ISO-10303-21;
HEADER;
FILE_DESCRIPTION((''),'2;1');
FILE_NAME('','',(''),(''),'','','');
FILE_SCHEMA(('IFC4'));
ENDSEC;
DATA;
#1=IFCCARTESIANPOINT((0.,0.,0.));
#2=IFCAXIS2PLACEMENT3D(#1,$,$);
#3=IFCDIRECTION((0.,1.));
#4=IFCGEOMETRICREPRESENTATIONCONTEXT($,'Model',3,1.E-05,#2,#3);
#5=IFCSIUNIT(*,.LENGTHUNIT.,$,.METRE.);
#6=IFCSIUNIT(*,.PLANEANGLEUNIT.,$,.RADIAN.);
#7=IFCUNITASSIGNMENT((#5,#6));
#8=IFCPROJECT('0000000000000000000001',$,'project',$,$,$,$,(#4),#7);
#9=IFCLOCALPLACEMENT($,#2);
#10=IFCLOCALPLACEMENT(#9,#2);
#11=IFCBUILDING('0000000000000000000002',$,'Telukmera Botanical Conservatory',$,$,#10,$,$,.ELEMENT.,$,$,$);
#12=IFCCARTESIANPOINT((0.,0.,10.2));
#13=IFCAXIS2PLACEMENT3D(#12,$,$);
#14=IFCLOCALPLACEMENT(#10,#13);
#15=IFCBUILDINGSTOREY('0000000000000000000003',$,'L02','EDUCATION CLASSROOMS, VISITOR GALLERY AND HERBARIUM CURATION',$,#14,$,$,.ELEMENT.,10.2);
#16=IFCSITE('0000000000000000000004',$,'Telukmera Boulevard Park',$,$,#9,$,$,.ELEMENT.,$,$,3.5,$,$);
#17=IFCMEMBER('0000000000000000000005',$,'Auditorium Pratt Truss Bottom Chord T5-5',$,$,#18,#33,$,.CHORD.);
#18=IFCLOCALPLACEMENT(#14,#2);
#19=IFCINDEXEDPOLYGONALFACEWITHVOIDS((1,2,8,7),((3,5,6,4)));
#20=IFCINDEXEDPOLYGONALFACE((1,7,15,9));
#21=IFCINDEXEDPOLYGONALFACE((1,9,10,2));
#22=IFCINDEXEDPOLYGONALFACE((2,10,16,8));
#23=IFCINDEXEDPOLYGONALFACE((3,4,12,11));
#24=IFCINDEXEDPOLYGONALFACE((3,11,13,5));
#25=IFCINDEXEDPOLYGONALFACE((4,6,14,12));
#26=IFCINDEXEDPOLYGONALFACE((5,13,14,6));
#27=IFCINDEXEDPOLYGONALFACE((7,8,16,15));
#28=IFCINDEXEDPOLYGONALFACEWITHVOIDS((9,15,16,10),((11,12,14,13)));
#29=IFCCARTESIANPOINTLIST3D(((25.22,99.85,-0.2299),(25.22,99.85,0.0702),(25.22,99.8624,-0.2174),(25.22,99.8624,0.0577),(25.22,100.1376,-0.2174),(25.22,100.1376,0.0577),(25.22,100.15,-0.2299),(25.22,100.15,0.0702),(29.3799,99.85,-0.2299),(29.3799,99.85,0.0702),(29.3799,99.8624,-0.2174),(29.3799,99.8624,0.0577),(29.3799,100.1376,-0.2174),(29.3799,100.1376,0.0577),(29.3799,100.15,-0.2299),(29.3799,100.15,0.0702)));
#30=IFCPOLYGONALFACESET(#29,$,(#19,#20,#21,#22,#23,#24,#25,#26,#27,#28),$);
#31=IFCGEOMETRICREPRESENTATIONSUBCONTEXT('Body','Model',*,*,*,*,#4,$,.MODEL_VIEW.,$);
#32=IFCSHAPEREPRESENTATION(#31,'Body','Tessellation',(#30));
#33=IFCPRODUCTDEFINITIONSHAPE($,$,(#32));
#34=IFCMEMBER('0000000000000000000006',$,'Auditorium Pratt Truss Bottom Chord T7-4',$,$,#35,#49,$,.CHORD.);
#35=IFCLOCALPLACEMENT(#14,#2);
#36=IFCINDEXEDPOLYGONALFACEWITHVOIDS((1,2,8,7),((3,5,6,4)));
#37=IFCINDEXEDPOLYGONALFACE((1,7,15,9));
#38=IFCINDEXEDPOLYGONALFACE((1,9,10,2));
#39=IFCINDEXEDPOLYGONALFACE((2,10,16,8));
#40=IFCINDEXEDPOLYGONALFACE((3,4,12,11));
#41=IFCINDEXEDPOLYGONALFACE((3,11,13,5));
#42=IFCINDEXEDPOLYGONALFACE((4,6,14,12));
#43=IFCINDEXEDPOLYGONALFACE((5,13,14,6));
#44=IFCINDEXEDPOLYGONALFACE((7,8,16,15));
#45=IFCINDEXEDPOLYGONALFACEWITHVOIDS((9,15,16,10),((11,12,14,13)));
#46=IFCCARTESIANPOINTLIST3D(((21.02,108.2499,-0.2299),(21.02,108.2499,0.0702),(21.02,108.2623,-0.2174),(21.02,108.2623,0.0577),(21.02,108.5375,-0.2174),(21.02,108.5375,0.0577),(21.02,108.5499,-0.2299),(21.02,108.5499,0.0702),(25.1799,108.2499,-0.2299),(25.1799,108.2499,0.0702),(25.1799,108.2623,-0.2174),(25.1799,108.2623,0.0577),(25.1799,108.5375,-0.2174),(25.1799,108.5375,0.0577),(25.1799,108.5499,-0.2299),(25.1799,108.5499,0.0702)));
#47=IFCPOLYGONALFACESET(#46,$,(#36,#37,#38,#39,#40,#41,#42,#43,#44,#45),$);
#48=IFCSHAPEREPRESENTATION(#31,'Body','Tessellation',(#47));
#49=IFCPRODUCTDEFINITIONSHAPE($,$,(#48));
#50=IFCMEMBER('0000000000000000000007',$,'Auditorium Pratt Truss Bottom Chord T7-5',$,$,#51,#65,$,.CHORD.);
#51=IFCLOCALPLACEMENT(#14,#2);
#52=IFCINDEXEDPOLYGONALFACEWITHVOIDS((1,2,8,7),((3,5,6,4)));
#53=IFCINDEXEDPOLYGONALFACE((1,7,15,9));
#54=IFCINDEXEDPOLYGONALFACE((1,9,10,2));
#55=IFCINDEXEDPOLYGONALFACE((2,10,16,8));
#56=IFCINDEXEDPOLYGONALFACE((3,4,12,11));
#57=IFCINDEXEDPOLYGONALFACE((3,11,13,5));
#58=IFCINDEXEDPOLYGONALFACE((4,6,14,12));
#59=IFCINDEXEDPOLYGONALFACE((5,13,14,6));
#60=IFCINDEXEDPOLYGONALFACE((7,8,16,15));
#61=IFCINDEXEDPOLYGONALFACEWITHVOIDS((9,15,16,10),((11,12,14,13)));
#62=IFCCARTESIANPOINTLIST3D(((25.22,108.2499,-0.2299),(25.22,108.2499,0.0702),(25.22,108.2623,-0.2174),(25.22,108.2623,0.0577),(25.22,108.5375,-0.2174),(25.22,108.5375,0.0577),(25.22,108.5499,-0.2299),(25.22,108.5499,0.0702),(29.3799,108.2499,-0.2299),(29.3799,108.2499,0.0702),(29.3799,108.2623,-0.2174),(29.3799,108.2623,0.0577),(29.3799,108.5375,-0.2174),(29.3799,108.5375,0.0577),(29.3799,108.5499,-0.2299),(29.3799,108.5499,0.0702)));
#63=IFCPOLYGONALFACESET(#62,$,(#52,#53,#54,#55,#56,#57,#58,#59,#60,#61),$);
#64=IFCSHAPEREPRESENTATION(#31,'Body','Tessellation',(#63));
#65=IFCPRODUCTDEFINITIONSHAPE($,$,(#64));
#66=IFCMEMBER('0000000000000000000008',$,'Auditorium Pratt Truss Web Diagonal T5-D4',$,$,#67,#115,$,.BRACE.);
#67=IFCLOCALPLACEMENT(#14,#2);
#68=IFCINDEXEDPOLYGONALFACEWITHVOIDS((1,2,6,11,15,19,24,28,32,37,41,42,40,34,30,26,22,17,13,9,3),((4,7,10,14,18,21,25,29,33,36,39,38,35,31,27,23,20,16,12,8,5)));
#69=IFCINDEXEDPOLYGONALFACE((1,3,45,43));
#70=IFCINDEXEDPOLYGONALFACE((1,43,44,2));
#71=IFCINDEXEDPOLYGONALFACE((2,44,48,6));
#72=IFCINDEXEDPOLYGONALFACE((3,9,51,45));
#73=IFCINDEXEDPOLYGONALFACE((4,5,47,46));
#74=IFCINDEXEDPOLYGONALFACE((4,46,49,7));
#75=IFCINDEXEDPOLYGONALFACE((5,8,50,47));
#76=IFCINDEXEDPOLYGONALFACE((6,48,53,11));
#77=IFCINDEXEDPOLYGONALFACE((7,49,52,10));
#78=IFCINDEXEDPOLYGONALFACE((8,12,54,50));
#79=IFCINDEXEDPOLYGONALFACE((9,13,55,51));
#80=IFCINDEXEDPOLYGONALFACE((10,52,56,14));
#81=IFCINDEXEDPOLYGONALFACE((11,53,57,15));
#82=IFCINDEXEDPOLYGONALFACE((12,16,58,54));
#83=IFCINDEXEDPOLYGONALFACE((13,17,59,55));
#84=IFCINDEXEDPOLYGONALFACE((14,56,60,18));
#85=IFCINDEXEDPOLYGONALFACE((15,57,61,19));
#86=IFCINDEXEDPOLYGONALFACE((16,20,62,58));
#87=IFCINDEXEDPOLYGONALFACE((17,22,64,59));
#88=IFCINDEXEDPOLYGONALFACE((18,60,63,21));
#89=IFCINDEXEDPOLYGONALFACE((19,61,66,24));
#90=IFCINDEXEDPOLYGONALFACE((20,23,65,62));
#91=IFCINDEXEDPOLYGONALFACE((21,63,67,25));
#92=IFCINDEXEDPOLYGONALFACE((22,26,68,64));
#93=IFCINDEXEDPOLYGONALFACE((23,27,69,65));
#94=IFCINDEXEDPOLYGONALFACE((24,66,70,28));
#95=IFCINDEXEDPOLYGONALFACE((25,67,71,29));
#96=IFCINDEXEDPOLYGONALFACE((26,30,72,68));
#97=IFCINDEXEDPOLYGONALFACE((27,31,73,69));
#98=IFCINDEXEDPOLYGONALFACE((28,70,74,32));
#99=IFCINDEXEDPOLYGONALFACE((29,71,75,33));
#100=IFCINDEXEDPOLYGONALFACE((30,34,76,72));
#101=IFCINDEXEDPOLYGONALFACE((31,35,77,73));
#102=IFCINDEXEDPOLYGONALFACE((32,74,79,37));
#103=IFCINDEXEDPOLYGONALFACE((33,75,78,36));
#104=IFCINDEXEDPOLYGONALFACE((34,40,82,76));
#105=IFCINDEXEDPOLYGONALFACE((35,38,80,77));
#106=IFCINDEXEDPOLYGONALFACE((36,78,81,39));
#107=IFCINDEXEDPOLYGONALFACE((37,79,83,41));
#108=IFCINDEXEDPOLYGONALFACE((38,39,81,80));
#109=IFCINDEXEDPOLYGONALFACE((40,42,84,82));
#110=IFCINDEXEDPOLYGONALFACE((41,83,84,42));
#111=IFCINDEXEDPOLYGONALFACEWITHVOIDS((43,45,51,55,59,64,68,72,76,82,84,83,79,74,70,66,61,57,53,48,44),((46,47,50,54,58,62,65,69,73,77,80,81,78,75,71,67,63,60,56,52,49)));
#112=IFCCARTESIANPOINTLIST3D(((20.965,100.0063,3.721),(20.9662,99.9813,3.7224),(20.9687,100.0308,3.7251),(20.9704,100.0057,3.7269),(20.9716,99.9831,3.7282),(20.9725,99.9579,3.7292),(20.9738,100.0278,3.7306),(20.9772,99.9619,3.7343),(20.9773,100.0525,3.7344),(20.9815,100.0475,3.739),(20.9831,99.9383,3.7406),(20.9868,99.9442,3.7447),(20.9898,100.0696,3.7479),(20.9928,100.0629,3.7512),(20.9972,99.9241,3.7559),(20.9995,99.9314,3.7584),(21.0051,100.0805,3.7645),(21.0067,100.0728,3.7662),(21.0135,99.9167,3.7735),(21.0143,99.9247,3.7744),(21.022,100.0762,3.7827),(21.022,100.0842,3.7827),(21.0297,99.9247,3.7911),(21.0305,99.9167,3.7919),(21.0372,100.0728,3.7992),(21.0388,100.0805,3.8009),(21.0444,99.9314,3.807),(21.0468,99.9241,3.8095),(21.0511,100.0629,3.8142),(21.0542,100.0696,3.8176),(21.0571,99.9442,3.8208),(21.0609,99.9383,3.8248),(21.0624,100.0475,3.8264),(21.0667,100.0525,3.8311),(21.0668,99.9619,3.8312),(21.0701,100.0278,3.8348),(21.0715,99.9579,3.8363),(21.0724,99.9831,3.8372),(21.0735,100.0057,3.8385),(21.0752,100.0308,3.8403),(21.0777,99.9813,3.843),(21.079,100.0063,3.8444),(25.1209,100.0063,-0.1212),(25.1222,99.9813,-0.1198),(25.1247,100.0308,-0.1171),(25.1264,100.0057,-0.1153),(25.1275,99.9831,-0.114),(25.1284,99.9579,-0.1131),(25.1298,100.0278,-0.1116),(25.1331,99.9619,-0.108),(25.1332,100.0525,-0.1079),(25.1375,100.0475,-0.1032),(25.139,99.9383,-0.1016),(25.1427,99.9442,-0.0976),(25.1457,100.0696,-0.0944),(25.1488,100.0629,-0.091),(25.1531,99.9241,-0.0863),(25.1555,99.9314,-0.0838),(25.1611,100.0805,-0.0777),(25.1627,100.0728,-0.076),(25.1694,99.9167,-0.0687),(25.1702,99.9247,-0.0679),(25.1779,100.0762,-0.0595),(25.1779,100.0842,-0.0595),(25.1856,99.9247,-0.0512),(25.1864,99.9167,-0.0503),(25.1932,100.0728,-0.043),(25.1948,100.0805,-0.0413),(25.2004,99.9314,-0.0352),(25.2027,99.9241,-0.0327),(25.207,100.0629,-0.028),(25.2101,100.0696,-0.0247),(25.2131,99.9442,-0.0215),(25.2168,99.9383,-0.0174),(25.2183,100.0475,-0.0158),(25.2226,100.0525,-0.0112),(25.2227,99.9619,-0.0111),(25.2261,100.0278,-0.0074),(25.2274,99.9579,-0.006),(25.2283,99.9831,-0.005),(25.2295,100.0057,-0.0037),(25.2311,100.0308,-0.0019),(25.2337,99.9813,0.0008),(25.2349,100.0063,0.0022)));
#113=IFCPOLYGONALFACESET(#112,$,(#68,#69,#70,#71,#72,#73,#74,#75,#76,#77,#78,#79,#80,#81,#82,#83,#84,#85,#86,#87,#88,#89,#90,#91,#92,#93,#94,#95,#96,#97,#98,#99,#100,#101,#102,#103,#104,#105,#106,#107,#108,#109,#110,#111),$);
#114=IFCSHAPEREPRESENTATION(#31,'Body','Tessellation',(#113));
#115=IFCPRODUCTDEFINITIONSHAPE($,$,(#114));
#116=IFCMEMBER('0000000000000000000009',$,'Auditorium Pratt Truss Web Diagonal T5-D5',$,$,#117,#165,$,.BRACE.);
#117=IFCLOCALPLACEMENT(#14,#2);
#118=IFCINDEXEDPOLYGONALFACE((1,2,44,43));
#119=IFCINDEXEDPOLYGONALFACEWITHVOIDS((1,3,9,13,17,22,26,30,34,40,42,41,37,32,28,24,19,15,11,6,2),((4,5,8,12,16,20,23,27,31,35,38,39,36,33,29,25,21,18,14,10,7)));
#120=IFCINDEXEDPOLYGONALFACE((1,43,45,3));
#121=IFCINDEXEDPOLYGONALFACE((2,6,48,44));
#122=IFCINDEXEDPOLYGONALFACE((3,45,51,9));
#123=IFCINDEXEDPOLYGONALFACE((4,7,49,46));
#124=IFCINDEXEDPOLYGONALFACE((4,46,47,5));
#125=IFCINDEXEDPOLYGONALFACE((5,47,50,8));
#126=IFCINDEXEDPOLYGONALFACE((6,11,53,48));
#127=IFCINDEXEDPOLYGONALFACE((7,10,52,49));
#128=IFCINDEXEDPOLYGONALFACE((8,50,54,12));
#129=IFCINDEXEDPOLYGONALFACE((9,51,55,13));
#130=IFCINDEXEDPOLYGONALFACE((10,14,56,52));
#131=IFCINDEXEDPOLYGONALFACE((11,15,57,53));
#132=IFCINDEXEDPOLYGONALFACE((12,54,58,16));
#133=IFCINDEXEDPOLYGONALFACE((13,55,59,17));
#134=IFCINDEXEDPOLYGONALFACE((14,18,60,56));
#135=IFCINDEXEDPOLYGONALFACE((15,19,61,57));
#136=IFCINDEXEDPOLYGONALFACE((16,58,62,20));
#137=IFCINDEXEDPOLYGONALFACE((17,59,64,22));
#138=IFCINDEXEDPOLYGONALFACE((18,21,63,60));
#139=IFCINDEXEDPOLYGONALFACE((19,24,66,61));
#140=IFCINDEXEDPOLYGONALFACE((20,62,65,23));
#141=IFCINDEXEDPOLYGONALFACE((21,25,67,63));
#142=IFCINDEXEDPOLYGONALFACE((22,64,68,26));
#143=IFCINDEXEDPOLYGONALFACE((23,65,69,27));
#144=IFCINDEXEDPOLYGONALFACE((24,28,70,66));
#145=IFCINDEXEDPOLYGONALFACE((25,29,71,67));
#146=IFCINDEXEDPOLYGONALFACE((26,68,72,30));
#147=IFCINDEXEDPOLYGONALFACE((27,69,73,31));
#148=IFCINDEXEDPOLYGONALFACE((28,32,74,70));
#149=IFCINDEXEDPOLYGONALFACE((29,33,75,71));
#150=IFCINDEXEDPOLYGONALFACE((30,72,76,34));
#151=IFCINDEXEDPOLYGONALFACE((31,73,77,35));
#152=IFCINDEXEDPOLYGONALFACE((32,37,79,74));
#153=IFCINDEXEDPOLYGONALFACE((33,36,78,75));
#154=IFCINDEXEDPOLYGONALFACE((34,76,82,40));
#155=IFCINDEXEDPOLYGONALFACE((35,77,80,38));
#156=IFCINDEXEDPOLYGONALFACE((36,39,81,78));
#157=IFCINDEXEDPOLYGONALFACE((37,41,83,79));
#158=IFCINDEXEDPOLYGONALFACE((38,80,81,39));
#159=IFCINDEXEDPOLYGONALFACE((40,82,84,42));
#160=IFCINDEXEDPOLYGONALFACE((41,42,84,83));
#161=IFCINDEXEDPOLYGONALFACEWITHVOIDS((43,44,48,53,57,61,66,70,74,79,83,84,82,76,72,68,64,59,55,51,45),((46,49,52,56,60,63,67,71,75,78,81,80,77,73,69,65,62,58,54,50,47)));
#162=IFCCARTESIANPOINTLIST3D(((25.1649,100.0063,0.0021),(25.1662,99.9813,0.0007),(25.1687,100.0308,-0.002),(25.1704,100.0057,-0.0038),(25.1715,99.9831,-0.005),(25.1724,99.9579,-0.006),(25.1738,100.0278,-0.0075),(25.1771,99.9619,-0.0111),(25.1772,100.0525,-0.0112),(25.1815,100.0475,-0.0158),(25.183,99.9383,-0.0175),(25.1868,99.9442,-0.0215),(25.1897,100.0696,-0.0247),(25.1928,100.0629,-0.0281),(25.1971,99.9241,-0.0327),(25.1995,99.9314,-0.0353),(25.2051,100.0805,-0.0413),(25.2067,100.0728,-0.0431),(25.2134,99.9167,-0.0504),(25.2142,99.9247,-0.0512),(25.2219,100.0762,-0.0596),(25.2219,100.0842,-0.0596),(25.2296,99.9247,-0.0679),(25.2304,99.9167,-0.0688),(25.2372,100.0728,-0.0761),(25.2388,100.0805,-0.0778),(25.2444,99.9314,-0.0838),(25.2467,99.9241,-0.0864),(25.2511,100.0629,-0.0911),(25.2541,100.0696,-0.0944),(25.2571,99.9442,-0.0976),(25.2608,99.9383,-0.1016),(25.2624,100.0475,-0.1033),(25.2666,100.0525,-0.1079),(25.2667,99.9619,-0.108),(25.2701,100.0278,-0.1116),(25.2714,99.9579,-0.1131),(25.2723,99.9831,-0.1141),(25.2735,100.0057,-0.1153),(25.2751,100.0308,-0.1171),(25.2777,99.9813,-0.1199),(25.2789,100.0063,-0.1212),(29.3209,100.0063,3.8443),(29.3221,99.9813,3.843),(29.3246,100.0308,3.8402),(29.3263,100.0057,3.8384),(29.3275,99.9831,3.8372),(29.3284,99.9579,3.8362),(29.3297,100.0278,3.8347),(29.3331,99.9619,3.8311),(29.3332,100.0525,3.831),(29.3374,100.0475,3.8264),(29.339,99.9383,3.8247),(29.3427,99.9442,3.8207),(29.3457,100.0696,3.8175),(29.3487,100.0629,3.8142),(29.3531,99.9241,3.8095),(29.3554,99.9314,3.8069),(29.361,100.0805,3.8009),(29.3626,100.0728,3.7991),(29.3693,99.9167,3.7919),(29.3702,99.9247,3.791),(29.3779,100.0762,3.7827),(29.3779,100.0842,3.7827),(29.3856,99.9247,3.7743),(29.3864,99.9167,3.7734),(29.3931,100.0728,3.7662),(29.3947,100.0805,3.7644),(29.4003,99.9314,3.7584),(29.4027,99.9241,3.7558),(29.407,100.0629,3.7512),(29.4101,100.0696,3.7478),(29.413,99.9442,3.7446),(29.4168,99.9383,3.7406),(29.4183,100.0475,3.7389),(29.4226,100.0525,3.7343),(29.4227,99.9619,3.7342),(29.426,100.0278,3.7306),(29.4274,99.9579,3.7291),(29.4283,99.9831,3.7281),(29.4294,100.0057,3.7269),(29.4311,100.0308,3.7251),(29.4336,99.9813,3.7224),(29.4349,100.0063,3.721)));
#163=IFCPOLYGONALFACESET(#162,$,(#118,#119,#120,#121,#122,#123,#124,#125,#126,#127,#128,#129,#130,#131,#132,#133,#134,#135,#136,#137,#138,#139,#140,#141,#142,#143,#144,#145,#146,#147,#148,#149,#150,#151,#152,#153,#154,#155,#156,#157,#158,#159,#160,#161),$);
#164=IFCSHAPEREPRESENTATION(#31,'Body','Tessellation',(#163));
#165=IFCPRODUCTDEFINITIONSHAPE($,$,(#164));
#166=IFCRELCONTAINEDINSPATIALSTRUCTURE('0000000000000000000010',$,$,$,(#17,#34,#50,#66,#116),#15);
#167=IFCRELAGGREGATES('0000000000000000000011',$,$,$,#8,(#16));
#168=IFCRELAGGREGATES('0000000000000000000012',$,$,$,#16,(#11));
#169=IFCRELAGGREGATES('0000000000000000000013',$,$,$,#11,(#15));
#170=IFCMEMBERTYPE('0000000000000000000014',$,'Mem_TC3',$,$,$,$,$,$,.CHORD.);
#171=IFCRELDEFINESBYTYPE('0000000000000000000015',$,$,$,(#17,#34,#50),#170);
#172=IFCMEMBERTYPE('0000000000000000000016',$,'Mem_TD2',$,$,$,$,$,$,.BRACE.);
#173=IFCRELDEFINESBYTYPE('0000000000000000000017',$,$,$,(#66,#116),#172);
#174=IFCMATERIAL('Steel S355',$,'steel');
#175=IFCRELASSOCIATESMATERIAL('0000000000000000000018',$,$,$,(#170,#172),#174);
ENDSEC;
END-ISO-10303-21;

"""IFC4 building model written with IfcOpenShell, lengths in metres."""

from ifc_helpers import new_model, si_unit, direction, frame, origin, origin_2d, place, context, subcontext, project, spatial, hollow_rectangle, hollow_circle, extrude, material, material_profile, profile_set, type_object, element, save


model = new_model("IFC4")

# Units and contexts
model_context = context("Model", 3, precision=1e-05, world=origin(), true_north=direction((0.0, 1.0)))
body_context = subcontext(model_context, "Body", "Model", "MODEL_VIEW")
ifc_project = project(units=[si_unit("LENGTHUNIT", "METRE"), si_unit("PLANEANGLEUNIT", "RADIAN")], contexts=[model_context])

# Site, building, storey
site_placement = place(None, origin())
site = spatial("IfcSite", under=ifc_project, at=site_placement, Name="Telukmera Boulevard Park", CompositionType="ELEMENT", RefElevation=3.5)
building_placement = place(site_placement, origin())
building = spatial("IfcBuilding", under=site, at=building_placement, Name="Telukmera Botanical Conservatory", CompositionType="ELEMENT")
storey_placement = place(building_placement, frame((0.0, 0.0, 10.2)))
storey = spatial("IfcBuildingStorey", under=building, at=storey_placement, Name="L02", Description="EDUCATION CLASSROOMS, VISITOR GALLERY AND HERBARIUM CURATION", CompositionType="ELEMENT", Elevation=10.2)

# Members
ifc_material = material(Name="Steel S355", Category="steel")
ifc_material_profile_1 = material_profile(ifc_material, hollow_rectangle(XDim=0.3, YDim=0.3, WallThickness=0.0125, at=origin_2d()), Name="SHS 300x300x12.5")
ifc_profile_set_1 = profile_set([ifc_material_profile_1], Name="Steel S355")
member_type_1 = type_object("IfcMemberType", Name="Mem_TC3", PredefinedType="CHORD", material=ifc_profile_set_1)
for number, where, z_axis, x_axis, name in (
    (1, (25.22, 100.0, -0.0798), (1.0, 0.0, 0.0), (0.0, 1.0, 0.0), "Auditorium Pratt Truss Bottom Chord T5-5"),
    (2, (21.02, 108.3999, -0.0798), (1.0, 0.0, 0.0), (0.0, 1.0, 0.0), "Auditorium Pratt Truss Bottom Chord T7-4"),
    (3, (25.22, 108.3999, -0.0798), (1.0, 0.0, 0.0), (0.0, 1.0, 0.0), "Auditorium Pratt Truss Bottom Chord T7-5"),
):
    element("IfcMember", number, at=place(storey_placement, frame(where, z_axis=z_axis, x_axis=x_axis)), inside=storey, type_object=member_type_1, Name=name, PredefinedType="CHORD", context=body_context, shape_type="SweptSolid", body=[
        extrude(hollow_rectangle(XDim=0.3, YDim=0.3, WallThickness=0.0125, at=origin_2d()), origin(), (0.0, 0.0, 1.0), 4.1599),
    ])
ifc_material_profile_2 = material_profile(ifc_material, hollow_circle(Radius=0.0842, WallThickness=0.0081, at=origin_2d()), Name="CHS 168.3x8.0")
ifc_profile_set_2 = profile_set([ifc_material_profile_2], Name="Steel S355")
member_type_2 = type_object("IfcMemberType", Name="Mem_TD2", PredefinedType="BRACE", material=ifc_profile_set_2)
for number, where, z_axis, x_axis, name in (
    (4, (21.022, 100.0, 3.7827), (0.734277, 0.0, -0.67885), (0.0, 1.0, 0.0), "Auditorium Pratt Truss Web Diagonal T5-D4"),
    (5, (25.2219, 100.0, -0.0596), (0.734277, 0.0, 0.67885), (0.0, 1.0, 0.0), "Auditorium Pratt Truss Web Diagonal T5-D5"),
):
    element("IfcMember", number, at=place(storey_placement, frame(where, z_axis=z_axis, x_axis=x_axis)), inside=storey, type_object=member_type_2, Name=name, PredefinedType="BRACE", context=body_context, shape_type="SweptSolid", body=[
        extrude(hollow_circle(Radius=0.0842, WallThickness=0.0081, at=origin_2d()), origin(), (0.0, 0.0, 1.0), 5.6599),
    ])

save(model, "model.ifc")
